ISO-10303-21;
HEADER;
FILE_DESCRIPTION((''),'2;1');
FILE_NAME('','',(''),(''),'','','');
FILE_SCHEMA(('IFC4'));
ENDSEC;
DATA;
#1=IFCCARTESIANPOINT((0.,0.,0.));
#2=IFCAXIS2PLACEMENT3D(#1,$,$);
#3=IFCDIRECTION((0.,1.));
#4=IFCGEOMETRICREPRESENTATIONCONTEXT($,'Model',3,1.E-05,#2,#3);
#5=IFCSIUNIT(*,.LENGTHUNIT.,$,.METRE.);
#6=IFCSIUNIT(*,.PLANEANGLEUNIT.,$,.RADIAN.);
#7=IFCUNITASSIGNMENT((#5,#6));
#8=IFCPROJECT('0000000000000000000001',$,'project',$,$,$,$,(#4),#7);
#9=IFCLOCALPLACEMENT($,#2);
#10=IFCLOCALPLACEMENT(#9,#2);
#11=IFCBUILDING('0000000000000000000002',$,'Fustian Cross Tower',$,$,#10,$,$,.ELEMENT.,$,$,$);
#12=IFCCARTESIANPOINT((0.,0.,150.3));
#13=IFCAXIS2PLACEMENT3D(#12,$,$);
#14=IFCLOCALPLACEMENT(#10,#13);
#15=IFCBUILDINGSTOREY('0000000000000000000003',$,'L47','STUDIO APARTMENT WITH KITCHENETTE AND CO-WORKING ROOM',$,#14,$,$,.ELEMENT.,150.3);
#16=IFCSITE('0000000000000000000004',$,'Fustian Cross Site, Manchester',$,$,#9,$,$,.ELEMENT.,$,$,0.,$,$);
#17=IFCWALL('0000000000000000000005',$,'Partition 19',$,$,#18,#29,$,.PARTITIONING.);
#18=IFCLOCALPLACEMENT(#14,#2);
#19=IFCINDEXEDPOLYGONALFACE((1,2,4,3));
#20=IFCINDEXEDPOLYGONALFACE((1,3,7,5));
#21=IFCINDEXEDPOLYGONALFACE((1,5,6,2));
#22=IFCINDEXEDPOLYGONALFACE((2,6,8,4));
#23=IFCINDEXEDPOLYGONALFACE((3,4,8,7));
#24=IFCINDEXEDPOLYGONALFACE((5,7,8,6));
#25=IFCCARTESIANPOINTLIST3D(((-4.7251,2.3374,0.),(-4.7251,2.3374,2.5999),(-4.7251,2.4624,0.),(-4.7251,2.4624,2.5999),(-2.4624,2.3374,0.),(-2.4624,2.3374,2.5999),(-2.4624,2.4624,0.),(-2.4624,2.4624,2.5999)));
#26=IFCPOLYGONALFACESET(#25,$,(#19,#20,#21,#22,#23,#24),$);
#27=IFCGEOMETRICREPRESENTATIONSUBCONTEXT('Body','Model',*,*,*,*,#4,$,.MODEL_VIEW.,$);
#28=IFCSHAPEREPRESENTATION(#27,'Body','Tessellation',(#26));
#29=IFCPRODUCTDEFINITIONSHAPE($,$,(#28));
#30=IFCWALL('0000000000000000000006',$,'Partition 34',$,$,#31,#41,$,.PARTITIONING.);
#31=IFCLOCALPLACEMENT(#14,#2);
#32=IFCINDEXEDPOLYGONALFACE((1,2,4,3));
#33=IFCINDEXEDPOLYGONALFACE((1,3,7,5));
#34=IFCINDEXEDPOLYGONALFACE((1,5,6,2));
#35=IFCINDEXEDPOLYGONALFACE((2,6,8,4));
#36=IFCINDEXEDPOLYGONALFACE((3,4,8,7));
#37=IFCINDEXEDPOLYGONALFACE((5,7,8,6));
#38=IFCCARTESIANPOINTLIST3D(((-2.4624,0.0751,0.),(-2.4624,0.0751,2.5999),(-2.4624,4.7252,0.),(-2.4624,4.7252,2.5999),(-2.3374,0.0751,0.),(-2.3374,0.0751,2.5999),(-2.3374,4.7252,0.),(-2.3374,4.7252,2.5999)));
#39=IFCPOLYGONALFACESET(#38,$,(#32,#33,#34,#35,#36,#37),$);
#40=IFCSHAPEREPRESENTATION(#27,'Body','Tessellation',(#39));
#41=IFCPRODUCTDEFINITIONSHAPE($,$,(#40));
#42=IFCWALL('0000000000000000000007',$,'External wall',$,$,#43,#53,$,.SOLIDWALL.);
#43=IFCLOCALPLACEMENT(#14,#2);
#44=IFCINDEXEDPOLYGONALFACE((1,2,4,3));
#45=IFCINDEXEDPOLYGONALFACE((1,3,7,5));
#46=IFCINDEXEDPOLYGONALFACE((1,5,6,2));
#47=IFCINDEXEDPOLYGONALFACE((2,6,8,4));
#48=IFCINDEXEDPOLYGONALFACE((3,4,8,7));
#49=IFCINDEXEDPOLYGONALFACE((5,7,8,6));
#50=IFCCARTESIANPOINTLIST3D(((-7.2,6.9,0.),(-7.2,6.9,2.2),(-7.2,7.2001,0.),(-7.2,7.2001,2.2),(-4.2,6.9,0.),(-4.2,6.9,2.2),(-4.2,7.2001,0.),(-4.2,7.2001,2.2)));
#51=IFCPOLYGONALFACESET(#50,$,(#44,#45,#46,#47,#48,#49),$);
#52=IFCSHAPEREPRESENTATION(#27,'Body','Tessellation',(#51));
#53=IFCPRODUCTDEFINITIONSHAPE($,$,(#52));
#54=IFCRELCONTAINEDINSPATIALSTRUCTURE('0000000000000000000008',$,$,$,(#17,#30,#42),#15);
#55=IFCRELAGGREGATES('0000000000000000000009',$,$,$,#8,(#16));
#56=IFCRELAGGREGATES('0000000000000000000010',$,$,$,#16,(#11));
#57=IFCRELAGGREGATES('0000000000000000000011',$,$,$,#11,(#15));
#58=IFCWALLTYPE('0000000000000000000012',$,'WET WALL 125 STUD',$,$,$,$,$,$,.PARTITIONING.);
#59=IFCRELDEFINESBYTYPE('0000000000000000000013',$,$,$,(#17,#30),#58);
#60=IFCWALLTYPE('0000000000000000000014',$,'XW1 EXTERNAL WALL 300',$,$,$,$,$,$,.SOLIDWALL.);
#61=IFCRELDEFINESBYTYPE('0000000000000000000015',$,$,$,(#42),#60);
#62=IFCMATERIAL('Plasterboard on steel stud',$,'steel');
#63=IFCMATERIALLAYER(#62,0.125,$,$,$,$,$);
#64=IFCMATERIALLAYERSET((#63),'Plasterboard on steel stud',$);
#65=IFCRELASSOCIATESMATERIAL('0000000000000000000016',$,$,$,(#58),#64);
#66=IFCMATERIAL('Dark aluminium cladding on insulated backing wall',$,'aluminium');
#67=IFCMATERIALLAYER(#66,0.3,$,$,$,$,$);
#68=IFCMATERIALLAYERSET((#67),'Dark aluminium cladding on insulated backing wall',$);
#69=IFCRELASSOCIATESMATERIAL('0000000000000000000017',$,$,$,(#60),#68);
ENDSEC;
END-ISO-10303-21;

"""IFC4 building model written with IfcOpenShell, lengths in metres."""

from ifc_helpers import new_model, si_unit, direction, frame, frame_2d, origin, place, context, subcontext, project, spatial, rectangle, extrude, material, layer, layer_set, type_object, element, save


model = new_model("IFC4")

# Units and contexts
model_context = context("Model", 3, precision=1e-05, world=origin(), true_north=direction((0.0, 1.0)))
body_context = subcontext(model_context, "Body", "Model", "MODEL_VIEW")
ifc_project = project(units=[si_unit("LENGTHUNIT", "METRE"), si_unit("PLANEANGLEUNIT", "RADIAN")], contexts=[model_context])

# Site, building, storey
site_placement = place(None, origin())
site = spatial("IfcSite", under=ifc_project, at=site_placement, Name="Fustian Cross Site, Manchester", CompositionType="ELEMENT", RefElevation=0.0)
building_placement = place(site_placement, origin())
building = spatial("IfcBuilding", under=site, at=building_placement, Name="Fustian Cross Tower", CompositionType="ELEMENT")
storey_placement = place(building_placement, frame((0.0, 0.0, 150.3)))
storey = spatial("IfcBuildingStorey", under=building, at=storey_placement, Name="L47", Description="STUDIO APARTMENT WITH KITCHENETTE AND CO-WORKING ROOM", CompositionType="ELEMENT", Elevation=150.3)

# Walls
ifc_material_1 = material(Name="Plasterboard on steel stud", Category="steel")
ifc_layer_1 = layer(ifc_material_1, 0.125)
ifc_layer_set_1 = layer_set([ifc_layer_1], Name="Plasterboard on steel stud")
wall_type_1 = type_object("IfcWallType", Name="WET WALL 125 STUD", PredefinedType="PARTITIONING", material=ifc_layer_set_1)
wall_1_placement = place(storey_placement, frame((-4.7251, 2.3999, 0.0), z_axis=(0.0, 0.0, 1.0), x_axis=(1.0, 0.0, 0.0)))
element("IfcWall", 1, at=wall_1_placement, inside=storey, type_object=wall_type_1, Name="Partition 19", PredefinedType="PARTITIONING", context=body_context, shape_type="SweptSolid", body=[
    extrude(rectangle(XDim=2.2627, YDim=0.125, at=frame_2d((1.1313, 0.0))), origin(), (0.0, 0.0, 1.0), 2.5999),
])
wall_2_placement = place(storey_placement, frame((-2.3999, 0.075, 0.0), z_axis=(0.0, 0.0, 1.0), x_axis=(0.0, 1.0, 0.0)))
element("IfcWall", 2, at=wall_2_placement, inside=storey, type_object=wall_type_1, Name="Partition 34", PredefinedType="PARTITIONING", context=body_context, shape_type="SweptSolid", body=[
    extrude(rectangle(XDim=4.6501, YDim=0.125, at=frame_2d((2.3252, 0.0))), origin(), (0.0, 0.0, 1.0), 2.5999),
])
ifc_material_2 = material(Name="Dark aluminium cladding on insulated backing wall", Category="aluminium")
ifc_layer_2 = layer(ifc_material_2, 0.3)
ifc_layer_set_2 = layer_set([ifc_layer_2], Name="Dark aluminium cladding on insulated backing wall")
wall_type_2 = type_object("IfcWallType", Name="XW1 EXTERNAL WALL 300", PredefinedType="SOLIDWALL", material=ifc_layer_set_2)
wall_3_placement = place(storey_placement, frame((-4.2, 7.05, 0.0), z_axis=(0.0, 0.0, 1.0), x_axis=(-1.0, 0.0, 0.0)))
element("IfcWall", 3, at=wall_3_placement, inside=storey, type_object=wall_type_2, Name="External wall", PredefinedType="SOLIDWALL", context=body_context, shape_type="SweptSolid", body=[
    extrude(rectangle(XDim=3.0, YDim=0.3, at=frame_2d((1.5, 0.0))), origin(), (0.0, 0.0, 1.0), 2.2),
])

save(model, "model.ifc")
